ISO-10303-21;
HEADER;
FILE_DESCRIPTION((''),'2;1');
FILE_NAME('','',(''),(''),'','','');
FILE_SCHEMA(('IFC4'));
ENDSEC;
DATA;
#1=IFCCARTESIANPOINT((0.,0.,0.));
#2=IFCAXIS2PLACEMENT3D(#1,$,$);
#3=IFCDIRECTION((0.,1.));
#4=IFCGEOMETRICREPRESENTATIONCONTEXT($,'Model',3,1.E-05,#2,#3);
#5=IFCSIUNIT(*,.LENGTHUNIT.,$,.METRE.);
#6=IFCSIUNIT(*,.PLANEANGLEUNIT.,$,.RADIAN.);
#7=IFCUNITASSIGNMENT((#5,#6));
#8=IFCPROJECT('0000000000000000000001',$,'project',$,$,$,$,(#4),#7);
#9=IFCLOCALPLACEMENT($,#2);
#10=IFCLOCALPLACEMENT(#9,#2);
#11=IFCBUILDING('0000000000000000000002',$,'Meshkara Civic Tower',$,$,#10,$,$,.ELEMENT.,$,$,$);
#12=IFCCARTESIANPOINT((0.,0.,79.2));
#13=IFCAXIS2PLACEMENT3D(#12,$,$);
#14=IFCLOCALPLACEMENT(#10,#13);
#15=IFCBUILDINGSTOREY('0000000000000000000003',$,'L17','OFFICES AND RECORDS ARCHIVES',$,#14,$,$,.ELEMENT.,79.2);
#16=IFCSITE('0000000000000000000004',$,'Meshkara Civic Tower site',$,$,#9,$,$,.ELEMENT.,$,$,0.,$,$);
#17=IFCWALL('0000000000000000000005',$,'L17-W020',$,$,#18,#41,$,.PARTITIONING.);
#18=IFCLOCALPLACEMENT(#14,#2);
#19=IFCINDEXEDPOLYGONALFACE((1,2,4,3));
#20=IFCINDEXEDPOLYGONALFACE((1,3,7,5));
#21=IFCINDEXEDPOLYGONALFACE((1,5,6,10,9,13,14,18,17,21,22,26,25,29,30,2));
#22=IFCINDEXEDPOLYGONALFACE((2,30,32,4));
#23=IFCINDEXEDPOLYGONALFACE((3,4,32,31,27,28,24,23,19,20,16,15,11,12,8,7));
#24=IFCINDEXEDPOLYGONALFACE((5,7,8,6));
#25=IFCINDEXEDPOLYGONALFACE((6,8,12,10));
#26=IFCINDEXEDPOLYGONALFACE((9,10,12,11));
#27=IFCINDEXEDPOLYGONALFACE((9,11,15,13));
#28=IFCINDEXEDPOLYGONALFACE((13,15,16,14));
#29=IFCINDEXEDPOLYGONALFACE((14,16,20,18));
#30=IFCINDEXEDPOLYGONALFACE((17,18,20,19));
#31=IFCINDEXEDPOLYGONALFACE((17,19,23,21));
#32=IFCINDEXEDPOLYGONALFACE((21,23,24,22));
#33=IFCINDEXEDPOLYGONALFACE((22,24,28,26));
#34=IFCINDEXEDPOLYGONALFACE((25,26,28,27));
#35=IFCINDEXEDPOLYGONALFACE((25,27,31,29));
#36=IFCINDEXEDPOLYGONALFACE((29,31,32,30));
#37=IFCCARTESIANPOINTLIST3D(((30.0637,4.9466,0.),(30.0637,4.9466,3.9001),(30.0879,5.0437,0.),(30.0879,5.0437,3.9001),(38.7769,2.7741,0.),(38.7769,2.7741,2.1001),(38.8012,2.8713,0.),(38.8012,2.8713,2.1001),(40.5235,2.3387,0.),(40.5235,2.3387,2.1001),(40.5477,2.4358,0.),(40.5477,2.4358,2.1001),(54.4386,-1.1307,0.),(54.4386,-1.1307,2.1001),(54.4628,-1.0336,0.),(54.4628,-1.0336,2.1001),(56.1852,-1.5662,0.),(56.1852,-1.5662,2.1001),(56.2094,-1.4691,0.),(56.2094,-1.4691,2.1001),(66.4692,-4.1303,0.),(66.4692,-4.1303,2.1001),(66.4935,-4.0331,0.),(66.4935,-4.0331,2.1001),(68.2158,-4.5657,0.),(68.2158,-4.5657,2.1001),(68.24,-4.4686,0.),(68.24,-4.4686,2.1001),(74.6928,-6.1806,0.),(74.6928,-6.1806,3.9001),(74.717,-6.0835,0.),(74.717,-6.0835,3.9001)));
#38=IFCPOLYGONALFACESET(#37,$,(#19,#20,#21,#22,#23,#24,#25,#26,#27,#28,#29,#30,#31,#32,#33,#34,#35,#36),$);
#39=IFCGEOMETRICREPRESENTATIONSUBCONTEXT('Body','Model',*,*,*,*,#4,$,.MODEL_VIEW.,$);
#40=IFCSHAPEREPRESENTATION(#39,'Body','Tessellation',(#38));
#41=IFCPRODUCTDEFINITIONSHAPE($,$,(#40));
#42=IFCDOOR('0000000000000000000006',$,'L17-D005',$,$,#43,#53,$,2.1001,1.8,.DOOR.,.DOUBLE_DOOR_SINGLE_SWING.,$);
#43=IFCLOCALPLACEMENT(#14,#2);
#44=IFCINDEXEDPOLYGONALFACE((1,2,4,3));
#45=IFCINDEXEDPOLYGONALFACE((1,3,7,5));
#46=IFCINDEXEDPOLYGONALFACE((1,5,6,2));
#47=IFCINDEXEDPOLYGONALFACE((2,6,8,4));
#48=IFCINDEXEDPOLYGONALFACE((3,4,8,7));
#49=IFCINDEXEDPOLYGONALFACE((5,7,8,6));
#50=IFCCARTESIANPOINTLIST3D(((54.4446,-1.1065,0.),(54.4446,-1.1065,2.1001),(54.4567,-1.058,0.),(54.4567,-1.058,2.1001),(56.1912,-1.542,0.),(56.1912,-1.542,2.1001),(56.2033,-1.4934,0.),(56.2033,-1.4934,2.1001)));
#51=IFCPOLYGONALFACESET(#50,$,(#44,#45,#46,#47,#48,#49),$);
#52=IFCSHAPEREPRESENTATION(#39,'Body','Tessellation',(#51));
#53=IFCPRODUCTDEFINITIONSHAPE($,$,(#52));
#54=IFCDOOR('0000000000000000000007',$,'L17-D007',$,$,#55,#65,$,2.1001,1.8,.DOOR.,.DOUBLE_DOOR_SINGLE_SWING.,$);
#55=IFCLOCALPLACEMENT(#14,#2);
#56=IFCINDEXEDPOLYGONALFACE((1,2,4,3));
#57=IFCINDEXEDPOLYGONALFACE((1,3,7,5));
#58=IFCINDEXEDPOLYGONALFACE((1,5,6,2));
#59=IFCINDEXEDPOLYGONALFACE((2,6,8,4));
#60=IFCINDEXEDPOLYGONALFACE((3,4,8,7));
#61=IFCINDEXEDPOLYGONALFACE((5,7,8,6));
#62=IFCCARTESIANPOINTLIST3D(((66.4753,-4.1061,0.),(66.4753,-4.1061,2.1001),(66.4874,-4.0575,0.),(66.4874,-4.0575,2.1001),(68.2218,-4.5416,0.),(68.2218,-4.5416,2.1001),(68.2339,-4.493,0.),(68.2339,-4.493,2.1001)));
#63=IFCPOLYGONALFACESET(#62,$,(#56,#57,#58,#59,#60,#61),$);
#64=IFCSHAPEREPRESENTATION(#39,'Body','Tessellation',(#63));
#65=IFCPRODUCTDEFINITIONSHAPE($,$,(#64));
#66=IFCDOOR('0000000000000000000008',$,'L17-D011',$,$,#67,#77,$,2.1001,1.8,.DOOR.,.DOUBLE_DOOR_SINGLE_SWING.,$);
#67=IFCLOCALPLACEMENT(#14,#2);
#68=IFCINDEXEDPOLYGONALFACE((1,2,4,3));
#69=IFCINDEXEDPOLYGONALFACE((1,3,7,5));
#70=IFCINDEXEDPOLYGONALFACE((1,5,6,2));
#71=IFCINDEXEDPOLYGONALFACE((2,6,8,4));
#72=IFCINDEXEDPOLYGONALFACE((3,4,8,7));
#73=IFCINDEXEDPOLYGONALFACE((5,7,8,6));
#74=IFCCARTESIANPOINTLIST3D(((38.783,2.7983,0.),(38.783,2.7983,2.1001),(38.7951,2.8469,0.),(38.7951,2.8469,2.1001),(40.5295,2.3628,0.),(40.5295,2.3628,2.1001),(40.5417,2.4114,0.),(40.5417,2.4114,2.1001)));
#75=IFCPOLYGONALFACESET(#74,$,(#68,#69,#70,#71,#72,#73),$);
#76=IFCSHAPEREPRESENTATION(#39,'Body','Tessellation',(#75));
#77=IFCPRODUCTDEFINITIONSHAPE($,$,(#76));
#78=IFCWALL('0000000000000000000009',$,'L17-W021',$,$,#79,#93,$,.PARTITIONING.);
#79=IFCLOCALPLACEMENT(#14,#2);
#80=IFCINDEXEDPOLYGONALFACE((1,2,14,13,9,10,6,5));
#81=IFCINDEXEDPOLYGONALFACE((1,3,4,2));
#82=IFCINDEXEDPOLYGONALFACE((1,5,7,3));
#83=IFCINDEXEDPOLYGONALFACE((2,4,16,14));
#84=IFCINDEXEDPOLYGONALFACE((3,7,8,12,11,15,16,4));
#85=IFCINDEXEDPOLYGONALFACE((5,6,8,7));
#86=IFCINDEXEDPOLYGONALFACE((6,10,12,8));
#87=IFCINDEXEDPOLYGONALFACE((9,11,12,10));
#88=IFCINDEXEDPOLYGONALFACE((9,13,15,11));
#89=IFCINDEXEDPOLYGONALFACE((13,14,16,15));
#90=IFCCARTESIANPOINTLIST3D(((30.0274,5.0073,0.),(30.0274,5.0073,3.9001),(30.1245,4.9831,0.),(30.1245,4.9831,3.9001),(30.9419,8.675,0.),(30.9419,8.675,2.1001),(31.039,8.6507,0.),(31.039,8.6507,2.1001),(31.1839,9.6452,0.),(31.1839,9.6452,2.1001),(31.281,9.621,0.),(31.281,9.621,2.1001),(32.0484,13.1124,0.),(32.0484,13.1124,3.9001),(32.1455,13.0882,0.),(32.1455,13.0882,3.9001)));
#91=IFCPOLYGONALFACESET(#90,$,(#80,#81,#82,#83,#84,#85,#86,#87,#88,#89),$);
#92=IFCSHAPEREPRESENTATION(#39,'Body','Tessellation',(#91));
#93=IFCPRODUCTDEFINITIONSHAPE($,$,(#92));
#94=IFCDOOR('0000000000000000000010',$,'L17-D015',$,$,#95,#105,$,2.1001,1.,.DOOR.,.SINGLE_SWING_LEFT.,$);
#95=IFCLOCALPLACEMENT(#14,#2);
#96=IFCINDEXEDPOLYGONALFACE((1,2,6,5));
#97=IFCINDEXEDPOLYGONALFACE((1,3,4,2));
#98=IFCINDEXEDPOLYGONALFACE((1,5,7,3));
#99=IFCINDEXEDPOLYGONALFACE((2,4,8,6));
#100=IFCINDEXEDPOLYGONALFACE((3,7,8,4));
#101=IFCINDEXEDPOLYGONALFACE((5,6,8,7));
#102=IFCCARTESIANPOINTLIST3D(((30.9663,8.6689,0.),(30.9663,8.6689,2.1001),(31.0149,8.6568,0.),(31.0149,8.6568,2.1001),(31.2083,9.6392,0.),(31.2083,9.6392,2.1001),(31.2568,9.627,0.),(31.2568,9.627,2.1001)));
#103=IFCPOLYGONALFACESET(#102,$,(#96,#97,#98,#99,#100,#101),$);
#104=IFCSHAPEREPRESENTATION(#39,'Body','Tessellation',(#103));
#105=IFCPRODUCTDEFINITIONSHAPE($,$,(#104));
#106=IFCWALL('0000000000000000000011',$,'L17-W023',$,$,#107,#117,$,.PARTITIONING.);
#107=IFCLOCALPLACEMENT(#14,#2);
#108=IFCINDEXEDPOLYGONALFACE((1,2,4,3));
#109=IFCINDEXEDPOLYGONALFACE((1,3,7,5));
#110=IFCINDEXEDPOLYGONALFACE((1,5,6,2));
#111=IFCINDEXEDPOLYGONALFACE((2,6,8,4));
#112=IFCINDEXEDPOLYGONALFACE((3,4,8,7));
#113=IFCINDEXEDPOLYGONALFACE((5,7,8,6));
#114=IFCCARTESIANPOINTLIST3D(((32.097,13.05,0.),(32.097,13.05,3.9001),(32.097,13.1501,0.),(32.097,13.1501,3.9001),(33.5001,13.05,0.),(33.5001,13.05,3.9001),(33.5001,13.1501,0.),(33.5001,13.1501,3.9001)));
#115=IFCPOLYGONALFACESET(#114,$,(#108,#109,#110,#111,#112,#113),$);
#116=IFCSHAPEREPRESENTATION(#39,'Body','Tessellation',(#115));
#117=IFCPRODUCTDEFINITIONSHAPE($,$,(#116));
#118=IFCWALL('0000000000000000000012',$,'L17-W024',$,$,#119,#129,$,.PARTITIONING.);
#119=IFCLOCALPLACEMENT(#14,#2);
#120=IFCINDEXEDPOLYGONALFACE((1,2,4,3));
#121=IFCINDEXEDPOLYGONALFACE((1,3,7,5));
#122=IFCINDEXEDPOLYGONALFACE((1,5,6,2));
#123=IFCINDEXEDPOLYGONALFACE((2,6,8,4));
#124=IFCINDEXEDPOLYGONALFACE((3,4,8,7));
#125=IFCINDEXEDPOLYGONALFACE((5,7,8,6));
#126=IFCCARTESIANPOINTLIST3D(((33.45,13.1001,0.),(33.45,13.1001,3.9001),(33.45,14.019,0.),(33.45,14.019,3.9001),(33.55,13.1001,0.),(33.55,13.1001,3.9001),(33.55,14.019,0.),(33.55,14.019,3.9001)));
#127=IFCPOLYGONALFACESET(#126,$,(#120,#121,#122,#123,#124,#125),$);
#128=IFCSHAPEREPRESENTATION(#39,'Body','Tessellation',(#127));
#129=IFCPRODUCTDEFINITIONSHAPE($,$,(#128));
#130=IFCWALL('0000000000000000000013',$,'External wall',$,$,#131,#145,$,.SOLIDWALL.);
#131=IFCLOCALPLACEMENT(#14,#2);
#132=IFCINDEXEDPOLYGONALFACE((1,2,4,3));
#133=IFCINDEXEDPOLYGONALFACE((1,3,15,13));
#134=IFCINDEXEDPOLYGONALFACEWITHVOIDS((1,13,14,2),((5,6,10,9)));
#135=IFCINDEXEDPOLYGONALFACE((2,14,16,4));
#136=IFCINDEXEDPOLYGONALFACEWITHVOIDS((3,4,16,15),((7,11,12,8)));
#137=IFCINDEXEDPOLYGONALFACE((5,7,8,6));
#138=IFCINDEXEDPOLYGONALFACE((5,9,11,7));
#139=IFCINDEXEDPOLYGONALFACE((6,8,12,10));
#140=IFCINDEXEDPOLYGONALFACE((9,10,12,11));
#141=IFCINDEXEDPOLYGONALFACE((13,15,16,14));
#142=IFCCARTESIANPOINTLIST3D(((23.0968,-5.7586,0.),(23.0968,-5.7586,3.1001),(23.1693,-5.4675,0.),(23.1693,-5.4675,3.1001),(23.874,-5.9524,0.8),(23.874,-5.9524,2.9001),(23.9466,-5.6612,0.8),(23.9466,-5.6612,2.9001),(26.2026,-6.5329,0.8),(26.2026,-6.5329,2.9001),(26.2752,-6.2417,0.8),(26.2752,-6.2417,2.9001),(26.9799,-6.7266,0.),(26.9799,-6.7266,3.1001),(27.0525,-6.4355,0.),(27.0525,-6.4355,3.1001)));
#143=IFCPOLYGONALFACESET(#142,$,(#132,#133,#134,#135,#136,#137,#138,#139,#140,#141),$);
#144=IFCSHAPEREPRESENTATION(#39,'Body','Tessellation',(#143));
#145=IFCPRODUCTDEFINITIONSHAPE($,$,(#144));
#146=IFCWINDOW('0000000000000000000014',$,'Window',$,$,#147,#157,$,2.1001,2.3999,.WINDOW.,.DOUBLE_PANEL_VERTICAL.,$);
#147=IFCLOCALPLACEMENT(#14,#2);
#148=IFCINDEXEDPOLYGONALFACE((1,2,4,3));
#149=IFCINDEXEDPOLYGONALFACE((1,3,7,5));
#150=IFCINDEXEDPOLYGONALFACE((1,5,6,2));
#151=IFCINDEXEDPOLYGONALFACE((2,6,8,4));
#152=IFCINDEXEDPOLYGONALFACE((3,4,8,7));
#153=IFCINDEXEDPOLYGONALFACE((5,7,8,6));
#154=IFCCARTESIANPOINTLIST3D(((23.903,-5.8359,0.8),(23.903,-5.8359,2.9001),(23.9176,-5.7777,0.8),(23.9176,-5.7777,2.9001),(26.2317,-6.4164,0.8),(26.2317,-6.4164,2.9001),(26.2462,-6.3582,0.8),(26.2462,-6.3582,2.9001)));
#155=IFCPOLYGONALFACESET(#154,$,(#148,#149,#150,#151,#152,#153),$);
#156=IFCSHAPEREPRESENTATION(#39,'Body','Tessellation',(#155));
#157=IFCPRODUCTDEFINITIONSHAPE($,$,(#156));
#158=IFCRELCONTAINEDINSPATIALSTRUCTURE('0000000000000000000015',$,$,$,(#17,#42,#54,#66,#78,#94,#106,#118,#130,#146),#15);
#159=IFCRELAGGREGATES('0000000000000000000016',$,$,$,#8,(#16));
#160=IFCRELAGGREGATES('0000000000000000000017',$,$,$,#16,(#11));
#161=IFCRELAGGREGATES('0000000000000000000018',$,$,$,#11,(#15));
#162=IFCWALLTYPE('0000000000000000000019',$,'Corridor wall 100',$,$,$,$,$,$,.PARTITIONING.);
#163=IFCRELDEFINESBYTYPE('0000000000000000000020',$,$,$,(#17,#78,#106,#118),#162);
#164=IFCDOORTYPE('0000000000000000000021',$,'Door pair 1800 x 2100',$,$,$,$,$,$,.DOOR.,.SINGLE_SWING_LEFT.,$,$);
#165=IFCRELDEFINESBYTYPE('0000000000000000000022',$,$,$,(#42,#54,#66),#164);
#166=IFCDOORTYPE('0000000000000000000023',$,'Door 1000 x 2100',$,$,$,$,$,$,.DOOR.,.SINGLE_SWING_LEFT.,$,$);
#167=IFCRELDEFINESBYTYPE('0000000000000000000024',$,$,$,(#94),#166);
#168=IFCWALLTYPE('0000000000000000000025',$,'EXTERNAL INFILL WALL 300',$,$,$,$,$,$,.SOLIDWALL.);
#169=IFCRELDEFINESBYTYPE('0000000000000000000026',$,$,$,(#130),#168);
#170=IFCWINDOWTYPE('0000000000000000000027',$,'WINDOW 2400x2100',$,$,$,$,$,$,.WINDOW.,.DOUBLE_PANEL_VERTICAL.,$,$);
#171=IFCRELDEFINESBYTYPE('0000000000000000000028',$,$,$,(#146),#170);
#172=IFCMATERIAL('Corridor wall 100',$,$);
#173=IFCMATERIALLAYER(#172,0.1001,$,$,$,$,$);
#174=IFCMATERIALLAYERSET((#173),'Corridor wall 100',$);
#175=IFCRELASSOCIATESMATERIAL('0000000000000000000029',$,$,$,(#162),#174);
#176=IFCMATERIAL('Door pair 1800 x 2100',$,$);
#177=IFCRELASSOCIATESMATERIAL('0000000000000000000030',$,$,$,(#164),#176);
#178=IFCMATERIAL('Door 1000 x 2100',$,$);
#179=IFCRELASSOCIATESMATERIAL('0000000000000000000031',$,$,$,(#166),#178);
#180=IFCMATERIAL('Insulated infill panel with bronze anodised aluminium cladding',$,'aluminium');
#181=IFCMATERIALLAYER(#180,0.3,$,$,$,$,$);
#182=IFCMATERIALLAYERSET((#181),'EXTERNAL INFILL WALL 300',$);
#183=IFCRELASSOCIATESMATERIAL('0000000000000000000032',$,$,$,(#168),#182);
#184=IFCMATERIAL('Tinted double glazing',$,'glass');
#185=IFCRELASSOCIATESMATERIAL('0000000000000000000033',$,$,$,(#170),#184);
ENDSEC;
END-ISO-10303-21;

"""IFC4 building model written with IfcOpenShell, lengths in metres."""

from ifc_helpers import new_model, si_unit, direction, frame, frame_2d, origin, place, context, subcontext, project, spatial, rectangle, extrude, material, layer, layer_set, type_object, element, fill, save


model = new_model("IFC4")

# Units and contexts
model_context = context("Model", 3, precision=1e-05, world=origin(), true_north=direction((0.0, 1.0)))
body_context = subcontext(model_context, "Body", "Model", "MODEL_VIEW")
ifc_project = project(units=[si_unit("LENGTHUNIT", "METRE"), si_unit("PLANEANGLEUNIT", "RADIAN")], contexts=[model_context])

# Site, building, storey
site_placement = place(None, origin())
site = spatial("IfcSite", under=ifc_project, at=site_placement, Name="Meshkara Civic Tower site", CompositionType="ELEMENT", RefElevation=0.0)
building_placement = place(site_placement, origin())
building = spatial("IfcBuilding", under=site, at=building_placement, Name="Meshkara Civic Tower", CompositionType="ELEMENT")
storey_placement = place(building_placement, frame((0.0, 0.0, 79.2)))
storey = spatial("IfcBuildingStorey", under=building, at=storey_placement, Name="L17", Description="OFFICES AND RECORDS ARCHIVES", CompositionType="ELEMENT", Elevation=79.2)

# Wall, openings, doors
ifc_material_1 = material(Name="Corridor wall 100")
ifc_layer_1 = layer(ifc_material_1, 0.1001)
ifc_layer_set_1 = layer_set([ifc_layer_1], Name="Corridor wall 100")
wall_type_1 = type_object("IfcWallType", Name="Corridor wall 100", PredefinedType="PARTITIONING", material=ifc_layer_set_1)
wall_1_placement = place(storey_placement, frame((30.0759, 4.9951, 0.0), z_axis=(0.0, 0.0, 1.0), x_axis=(0.970296, -0.24192, 0.0)))
wall_1 = element("IfcWall", 1, at=wall_1_placement, inside=storey, type_object=wall_type_1, Name="L17-W020", PredefinedType="PARTITIONING", context=body_context, shape_type="SweptSolid", body=[
    extrude(rectangle(XDim=45.9954, YDim=0.1001, at=frame_2d((22.9976, 0.0))), origin(), (0.0, 0.0, 1.0), 3.9001),
])
opening_1_placement = place(wall_1_placement, frame((25.1211, 0.0, 0.0)))
opening_1 = element("IfcOpeningElement", 2, at=opening_1_placement, cuts=wall_1, PredefinedType="OPENING", context=body_context, shape_type="SweptSolid", body=[
    extrude(rectangle(XDim=1.8, YDim=2.1001, at=frame_2d((0.8999, 1.05))), frame((0.0, 0.0601, 0.0), z_axis=(0.0, -1.0, 0.0), x_axis=(1.0, 0.0, 0.0)), (0.0, 0.0, 1.0), 0.1201),
])
opening_2_placement = place(wall_1_placement, frame((37.52, 0.0, 0.0)))
opening_2 = element("IfcOpeningElement", 3, at=opening_2_placement, cuts=wall_1, PredefinedType="OPENING", context=body_context, shape_type="SweptSolid", body=[
    extrude(rectangle(XDim=1.8, YDim=2.1001, at=frame_2d((0.8999, 1.05))), frame((0.0, 0.0601, 0.0), z_axis=(0.0, -1.0, 0.0), x_axis=(1.0, 0.0, 0.0)), (0.0, 0.0, 1.0), 0.1201),
])
opening_3_placement = place(wall_1_placement, frame((8.98, 0.0, 0.0)))
opening_3 = element("IfcOpeningElement", 4, at=opening_3_placement, cuts=wall_1, PredefinedType="OPENING", context=body_context, shape_type="SweptSolid", body=[
    extrude(rectangle(XDim=1.8, YDim=2.1001, at=frame_2d((0.8999, 1.05))), frame((0.0, 0.0601, 0.0), z_axis=(0.0, -1.0, 0.0), x_axis=(1.0, 0.0, 0.0)), (0.0, 0.0, 1.0), 0.1201),
])
ifc_material_2 = material(Name="Door pair 1800 x 2100")
door_type_1 = type_object("IfcDoorType", Name="Door pair 1800 x 2100", OperationType="SINGLE_SWING_LEFT", PredefinedType="DOOR", material=ifc_material_2)
door_1_placement = place(opening_1_placement, origin())
door_1 = element("IfcDoor", 5, at=door_1_placement, inside=storey, type_object=door_type_1, Name="L17-D005", OperationType="DOUBLE_DOOR_SINGLE_SWING", OverallHeight=2.1001, OverallWidth=1.8, PredefinedType="DOOR", context=body_context, shape_type="SweptSolid", body=[
    extrude(rectangle(XDim=1.8, YDim=2.1001, at=frame_2d((0.8999, 1.05))), frame((0.0, 0.0249, 0.0), z_axis=(0.0, -1.0, 0.0), x_axis=(1.0, 0.0, 0.0)), (0.0, 0.0, 1.0), 0.05),
])
fill(opening_1, door_1)
door_2_placement = place(opening_2_placement, origin())
door_2 = element("IfcDoor", 6, at=door_2_placement, inside=storey, type_object=door_type_1, Name="L17-D007", OperationType="DOUBLE_DOOR_SINGLE_SWING", OverallHeight=2.1001, OverallWidth=1.8, PredefinedType="DOOR", context=body_context, shape_type="SweptSolid", body=[
    extrude(rectangle(XDim=1.8, YDim=2.1001, at=frame_2d((0.8999, 1.05))), frame((0.0, 0.0249, 0.0), z_axis=(0.0, -1.0, 0.0), x_axis=(1.0, 0.0, 0.0)), (0.0, 0.0, 1.0), 0.05),
])
fill(opening_2, door_2)
door_3_placement = place(opening_3_placement, origin())
door_3 = element("IfcDoor", 7, at=door_3_placement, inside=storey, type_object=door_type_1, Name="L17-D011", OperationType="DOUBLE_DOOR_SINGLE_SWING", OverallHeight=2.1001, OverallWidth=1.8, PredefinedType="DOOR", context=body_context, shape_type="SweptSolid", body=[
    extrude(rectangle(XDim=1.8, YDim=2.1001, at=frame_2d((0.8999, 1.05))), frame((0.0, 0.0249, 0.0), z_axis=(0.0, -1.0, 0.0), x_axis=(1.0, 0.0, 0.0)), (0.0, 0.0, 1.0), 0.05),
])
fill(opening_3, door_3)

# Wall, opening, door
wall_2_placement = place(storey_placement, frame((30.0759, 4.9951, 0.0), z_axis=(0.0, 0.0, 1.0), x_axis=(0.241944, 0.97029, 0.0)))
wall_2 = element("IfcWall", 8, at=wall_2_placement, inside=storey, type_object=wall_type_1, Name="L17-W021", PredefinedType="PARTITIONING", context=body_context, shape_type="SweptSolid", body=[
    extrude(rectangle(XDim=8.3533, YDim=0.1001, at=frame_2d((4.1768, 0.0))), origin(), (0.0, 0.0, 1.0), 3.9001),
])
opening_4_placement = place(wall_2_placement, frame((3.78, 0.0, 0.0)))
opening_4 = element("IfcOpeningElement", 9, at=opening_4_placement, cuts=wall_2, PredefinedType="OPENING", context=body_context, shape_type="SweptSolid", body=[
    extrude(rectangle(XDim=1.0, YDim=2.1001, at=frame_2d((0.5, 1.05))), frame((0.0, 0.0601, 0.0), z_axis=(0.0, -1.0, 0.0), x_axis=(1.0, 0.0, 0.0)), (0.0, 0.0, 1.0), 0.1201),
])
ifc_material_3 = material(Name="Door 1000 x 2100")
door_type_2 = type_object("IfcDoorType", Name="Door 1000 x 2100", OperationType="SINGLE_SWING_LEFT", PredefinedType="DOOR", material=ifc_material_3)
door_4_placement = place(opening_4_placement, origin())
door_4 = element("IfcDoor", 10, at=door_4_placement, inside=storey, type_object=door_type_2, Name="L17-D015", OperationType="SINGLE_SWING_LEFT", OverallHeight=2.1001, OverallWidth=1.0, PredefinedType="DOOR", context=body_context, shape_type="SweptSolid", body=[
    extrude(rectangle(XDim=1.0, YDim=2.1001, at=frame_2d((0.5, 1.05))), frame((0.0, 0.0249, 0.0), z_axis=(0.0, -1.0, 0.0), x_axis=(1.0, 0.0, 0.0)), (0.0, 0.0, 1.0), 0.05),
])
fill(opening_4, door_4)

# Walls
wall_3_placement = place(storey_placement, frame((32.0969, 13.1001, 0.0), z_axis=(0.0, 0.0, 1.0), x_axis=(1.0, 0.0, 0.0)))
element("IfcWall", 11, at=wall_3_placement, inside=storey, type_object=wall_type_1, Name="L17-W023", PredefinedType="PARTITIONING", context=body_context, shape_type="SweptSolid", body=[
    extrude(rectangle(XDim=1.4031, YDim=0.1001, at=frame_2d((0.7017, 0.0))), origin(), (0.0, 0.0, 1.0), 3.9001),
])
wall_4_placement = place(storey_placement, frame((33.5, 13.1001, 0.0), z_axis=(0.0, 0.0, 1.0), x_axis=(0.0, 1.0, 0.0)))
element("IfcWall", 12, at=wall_4_placement, inside=storey, type_object=wall_type_1, Name="L17-W024", PredefinedType="PARTITIONING", context=body_context, shape_type="SweptSolid", body=[
    extrude(rectangle(XDim=0.9189, YDim=0.1001, at=frame_2d((0.4595, 0.0))), origin(), (0.0, 0.0, 1.0), 3.9001),
])

# Wall, opening, window
ifc_material_4 = material(Name="Insulated infill panel with bronze anodised aluminium cladding", Category="aluminium")
ifc_layer_2 = layer(ifc_material_4, 0.3)
ifc_layer_set_2 = layer_set([ifc_layer_2], Name="EXTERNAL INFILL WALL 300")
wall_type_2 = type_object("IfcWallType", Name="EXTERNAL INFILL WALL 300", PredefinedType="SOLIDWALL", material=ifc_layer_set_2)
wall_5_placement = place(storey_placement, frame((23.1331, -5.613, 0.0), z_axis=(0.0, 0.0, 1.0), x_axis=(0.970304, -0.24189, 0.0)))
wall_5 = element("IfcWall", 13, at=wall_5_placement, inside=storey, type_object=wall_type_2, Name="External wall", PredefinedType="SOLIDWALL", context=body_context, shape_type="SweptSolid", body=[
    extrude(rectangle(XDim=4.002, YDim=0.3, at=frame_2d((2.001, 0.0))), origin(), (0.0, 0.0, 1.0), 3.1001),
])
opening_5_placement = place(wall_5_placement, frame((0.801, 0.0, 0.8)))
opening_5 = element("IfcOpeningElement", 14, at=opening_5_placement, cuts=wall_5, PredefinedType="OPENING", context=body_context, shape_type="SweptSolid", body=[
    extrude(rectangle(XDim=2.3999, YDim=2.1001, at=frame_2d((1.2, 1.05))), frame((0.0, 0.1599, 0.0), z_axis=(0.0, -1.0, 0.0), x_axis=(1.0, 0.0, 0.0)), (0.0, 0.0, 1.0), 0.3201),
])
ifc_material_5 = material(Name="Tinted double glazing", Category="glass")
window_type = type_object("IfcWindowType", Name="WINDOW 2400x2100", PartitioningType="DOUBLE_PANEL_VERTICAL", PredefinedType="WINDOW", material=ifc_material_5)
window_1_placement = place(opening_5_placement, origin())
window_1 = element("IfcWindow", 15, at=window_1_placement, inside=storey, type_object=window_type, Name="Window", OverallHeight=2.1001, OverallWidth=2.3999, PartitioningType="DOUBLE_PANEL_VERTICAL", PredefinedType="WINDOW", context=body_context, shape_type="SweptSolid", body=[
    extrude(rectangle(XDim=2.3999, YDim=2.1001, at=frame_2d((1.2, 1.05))), frame((0.0, 0.03, 0.0), z_axis=(0.0, -1.0, 0.0), x_axis=(1.0, 0.0, 0.0)), (0.0, 0.0, 1.0), 0.0601),
])
fill(opening_5, window_1)

save(model, "model.ifc")
